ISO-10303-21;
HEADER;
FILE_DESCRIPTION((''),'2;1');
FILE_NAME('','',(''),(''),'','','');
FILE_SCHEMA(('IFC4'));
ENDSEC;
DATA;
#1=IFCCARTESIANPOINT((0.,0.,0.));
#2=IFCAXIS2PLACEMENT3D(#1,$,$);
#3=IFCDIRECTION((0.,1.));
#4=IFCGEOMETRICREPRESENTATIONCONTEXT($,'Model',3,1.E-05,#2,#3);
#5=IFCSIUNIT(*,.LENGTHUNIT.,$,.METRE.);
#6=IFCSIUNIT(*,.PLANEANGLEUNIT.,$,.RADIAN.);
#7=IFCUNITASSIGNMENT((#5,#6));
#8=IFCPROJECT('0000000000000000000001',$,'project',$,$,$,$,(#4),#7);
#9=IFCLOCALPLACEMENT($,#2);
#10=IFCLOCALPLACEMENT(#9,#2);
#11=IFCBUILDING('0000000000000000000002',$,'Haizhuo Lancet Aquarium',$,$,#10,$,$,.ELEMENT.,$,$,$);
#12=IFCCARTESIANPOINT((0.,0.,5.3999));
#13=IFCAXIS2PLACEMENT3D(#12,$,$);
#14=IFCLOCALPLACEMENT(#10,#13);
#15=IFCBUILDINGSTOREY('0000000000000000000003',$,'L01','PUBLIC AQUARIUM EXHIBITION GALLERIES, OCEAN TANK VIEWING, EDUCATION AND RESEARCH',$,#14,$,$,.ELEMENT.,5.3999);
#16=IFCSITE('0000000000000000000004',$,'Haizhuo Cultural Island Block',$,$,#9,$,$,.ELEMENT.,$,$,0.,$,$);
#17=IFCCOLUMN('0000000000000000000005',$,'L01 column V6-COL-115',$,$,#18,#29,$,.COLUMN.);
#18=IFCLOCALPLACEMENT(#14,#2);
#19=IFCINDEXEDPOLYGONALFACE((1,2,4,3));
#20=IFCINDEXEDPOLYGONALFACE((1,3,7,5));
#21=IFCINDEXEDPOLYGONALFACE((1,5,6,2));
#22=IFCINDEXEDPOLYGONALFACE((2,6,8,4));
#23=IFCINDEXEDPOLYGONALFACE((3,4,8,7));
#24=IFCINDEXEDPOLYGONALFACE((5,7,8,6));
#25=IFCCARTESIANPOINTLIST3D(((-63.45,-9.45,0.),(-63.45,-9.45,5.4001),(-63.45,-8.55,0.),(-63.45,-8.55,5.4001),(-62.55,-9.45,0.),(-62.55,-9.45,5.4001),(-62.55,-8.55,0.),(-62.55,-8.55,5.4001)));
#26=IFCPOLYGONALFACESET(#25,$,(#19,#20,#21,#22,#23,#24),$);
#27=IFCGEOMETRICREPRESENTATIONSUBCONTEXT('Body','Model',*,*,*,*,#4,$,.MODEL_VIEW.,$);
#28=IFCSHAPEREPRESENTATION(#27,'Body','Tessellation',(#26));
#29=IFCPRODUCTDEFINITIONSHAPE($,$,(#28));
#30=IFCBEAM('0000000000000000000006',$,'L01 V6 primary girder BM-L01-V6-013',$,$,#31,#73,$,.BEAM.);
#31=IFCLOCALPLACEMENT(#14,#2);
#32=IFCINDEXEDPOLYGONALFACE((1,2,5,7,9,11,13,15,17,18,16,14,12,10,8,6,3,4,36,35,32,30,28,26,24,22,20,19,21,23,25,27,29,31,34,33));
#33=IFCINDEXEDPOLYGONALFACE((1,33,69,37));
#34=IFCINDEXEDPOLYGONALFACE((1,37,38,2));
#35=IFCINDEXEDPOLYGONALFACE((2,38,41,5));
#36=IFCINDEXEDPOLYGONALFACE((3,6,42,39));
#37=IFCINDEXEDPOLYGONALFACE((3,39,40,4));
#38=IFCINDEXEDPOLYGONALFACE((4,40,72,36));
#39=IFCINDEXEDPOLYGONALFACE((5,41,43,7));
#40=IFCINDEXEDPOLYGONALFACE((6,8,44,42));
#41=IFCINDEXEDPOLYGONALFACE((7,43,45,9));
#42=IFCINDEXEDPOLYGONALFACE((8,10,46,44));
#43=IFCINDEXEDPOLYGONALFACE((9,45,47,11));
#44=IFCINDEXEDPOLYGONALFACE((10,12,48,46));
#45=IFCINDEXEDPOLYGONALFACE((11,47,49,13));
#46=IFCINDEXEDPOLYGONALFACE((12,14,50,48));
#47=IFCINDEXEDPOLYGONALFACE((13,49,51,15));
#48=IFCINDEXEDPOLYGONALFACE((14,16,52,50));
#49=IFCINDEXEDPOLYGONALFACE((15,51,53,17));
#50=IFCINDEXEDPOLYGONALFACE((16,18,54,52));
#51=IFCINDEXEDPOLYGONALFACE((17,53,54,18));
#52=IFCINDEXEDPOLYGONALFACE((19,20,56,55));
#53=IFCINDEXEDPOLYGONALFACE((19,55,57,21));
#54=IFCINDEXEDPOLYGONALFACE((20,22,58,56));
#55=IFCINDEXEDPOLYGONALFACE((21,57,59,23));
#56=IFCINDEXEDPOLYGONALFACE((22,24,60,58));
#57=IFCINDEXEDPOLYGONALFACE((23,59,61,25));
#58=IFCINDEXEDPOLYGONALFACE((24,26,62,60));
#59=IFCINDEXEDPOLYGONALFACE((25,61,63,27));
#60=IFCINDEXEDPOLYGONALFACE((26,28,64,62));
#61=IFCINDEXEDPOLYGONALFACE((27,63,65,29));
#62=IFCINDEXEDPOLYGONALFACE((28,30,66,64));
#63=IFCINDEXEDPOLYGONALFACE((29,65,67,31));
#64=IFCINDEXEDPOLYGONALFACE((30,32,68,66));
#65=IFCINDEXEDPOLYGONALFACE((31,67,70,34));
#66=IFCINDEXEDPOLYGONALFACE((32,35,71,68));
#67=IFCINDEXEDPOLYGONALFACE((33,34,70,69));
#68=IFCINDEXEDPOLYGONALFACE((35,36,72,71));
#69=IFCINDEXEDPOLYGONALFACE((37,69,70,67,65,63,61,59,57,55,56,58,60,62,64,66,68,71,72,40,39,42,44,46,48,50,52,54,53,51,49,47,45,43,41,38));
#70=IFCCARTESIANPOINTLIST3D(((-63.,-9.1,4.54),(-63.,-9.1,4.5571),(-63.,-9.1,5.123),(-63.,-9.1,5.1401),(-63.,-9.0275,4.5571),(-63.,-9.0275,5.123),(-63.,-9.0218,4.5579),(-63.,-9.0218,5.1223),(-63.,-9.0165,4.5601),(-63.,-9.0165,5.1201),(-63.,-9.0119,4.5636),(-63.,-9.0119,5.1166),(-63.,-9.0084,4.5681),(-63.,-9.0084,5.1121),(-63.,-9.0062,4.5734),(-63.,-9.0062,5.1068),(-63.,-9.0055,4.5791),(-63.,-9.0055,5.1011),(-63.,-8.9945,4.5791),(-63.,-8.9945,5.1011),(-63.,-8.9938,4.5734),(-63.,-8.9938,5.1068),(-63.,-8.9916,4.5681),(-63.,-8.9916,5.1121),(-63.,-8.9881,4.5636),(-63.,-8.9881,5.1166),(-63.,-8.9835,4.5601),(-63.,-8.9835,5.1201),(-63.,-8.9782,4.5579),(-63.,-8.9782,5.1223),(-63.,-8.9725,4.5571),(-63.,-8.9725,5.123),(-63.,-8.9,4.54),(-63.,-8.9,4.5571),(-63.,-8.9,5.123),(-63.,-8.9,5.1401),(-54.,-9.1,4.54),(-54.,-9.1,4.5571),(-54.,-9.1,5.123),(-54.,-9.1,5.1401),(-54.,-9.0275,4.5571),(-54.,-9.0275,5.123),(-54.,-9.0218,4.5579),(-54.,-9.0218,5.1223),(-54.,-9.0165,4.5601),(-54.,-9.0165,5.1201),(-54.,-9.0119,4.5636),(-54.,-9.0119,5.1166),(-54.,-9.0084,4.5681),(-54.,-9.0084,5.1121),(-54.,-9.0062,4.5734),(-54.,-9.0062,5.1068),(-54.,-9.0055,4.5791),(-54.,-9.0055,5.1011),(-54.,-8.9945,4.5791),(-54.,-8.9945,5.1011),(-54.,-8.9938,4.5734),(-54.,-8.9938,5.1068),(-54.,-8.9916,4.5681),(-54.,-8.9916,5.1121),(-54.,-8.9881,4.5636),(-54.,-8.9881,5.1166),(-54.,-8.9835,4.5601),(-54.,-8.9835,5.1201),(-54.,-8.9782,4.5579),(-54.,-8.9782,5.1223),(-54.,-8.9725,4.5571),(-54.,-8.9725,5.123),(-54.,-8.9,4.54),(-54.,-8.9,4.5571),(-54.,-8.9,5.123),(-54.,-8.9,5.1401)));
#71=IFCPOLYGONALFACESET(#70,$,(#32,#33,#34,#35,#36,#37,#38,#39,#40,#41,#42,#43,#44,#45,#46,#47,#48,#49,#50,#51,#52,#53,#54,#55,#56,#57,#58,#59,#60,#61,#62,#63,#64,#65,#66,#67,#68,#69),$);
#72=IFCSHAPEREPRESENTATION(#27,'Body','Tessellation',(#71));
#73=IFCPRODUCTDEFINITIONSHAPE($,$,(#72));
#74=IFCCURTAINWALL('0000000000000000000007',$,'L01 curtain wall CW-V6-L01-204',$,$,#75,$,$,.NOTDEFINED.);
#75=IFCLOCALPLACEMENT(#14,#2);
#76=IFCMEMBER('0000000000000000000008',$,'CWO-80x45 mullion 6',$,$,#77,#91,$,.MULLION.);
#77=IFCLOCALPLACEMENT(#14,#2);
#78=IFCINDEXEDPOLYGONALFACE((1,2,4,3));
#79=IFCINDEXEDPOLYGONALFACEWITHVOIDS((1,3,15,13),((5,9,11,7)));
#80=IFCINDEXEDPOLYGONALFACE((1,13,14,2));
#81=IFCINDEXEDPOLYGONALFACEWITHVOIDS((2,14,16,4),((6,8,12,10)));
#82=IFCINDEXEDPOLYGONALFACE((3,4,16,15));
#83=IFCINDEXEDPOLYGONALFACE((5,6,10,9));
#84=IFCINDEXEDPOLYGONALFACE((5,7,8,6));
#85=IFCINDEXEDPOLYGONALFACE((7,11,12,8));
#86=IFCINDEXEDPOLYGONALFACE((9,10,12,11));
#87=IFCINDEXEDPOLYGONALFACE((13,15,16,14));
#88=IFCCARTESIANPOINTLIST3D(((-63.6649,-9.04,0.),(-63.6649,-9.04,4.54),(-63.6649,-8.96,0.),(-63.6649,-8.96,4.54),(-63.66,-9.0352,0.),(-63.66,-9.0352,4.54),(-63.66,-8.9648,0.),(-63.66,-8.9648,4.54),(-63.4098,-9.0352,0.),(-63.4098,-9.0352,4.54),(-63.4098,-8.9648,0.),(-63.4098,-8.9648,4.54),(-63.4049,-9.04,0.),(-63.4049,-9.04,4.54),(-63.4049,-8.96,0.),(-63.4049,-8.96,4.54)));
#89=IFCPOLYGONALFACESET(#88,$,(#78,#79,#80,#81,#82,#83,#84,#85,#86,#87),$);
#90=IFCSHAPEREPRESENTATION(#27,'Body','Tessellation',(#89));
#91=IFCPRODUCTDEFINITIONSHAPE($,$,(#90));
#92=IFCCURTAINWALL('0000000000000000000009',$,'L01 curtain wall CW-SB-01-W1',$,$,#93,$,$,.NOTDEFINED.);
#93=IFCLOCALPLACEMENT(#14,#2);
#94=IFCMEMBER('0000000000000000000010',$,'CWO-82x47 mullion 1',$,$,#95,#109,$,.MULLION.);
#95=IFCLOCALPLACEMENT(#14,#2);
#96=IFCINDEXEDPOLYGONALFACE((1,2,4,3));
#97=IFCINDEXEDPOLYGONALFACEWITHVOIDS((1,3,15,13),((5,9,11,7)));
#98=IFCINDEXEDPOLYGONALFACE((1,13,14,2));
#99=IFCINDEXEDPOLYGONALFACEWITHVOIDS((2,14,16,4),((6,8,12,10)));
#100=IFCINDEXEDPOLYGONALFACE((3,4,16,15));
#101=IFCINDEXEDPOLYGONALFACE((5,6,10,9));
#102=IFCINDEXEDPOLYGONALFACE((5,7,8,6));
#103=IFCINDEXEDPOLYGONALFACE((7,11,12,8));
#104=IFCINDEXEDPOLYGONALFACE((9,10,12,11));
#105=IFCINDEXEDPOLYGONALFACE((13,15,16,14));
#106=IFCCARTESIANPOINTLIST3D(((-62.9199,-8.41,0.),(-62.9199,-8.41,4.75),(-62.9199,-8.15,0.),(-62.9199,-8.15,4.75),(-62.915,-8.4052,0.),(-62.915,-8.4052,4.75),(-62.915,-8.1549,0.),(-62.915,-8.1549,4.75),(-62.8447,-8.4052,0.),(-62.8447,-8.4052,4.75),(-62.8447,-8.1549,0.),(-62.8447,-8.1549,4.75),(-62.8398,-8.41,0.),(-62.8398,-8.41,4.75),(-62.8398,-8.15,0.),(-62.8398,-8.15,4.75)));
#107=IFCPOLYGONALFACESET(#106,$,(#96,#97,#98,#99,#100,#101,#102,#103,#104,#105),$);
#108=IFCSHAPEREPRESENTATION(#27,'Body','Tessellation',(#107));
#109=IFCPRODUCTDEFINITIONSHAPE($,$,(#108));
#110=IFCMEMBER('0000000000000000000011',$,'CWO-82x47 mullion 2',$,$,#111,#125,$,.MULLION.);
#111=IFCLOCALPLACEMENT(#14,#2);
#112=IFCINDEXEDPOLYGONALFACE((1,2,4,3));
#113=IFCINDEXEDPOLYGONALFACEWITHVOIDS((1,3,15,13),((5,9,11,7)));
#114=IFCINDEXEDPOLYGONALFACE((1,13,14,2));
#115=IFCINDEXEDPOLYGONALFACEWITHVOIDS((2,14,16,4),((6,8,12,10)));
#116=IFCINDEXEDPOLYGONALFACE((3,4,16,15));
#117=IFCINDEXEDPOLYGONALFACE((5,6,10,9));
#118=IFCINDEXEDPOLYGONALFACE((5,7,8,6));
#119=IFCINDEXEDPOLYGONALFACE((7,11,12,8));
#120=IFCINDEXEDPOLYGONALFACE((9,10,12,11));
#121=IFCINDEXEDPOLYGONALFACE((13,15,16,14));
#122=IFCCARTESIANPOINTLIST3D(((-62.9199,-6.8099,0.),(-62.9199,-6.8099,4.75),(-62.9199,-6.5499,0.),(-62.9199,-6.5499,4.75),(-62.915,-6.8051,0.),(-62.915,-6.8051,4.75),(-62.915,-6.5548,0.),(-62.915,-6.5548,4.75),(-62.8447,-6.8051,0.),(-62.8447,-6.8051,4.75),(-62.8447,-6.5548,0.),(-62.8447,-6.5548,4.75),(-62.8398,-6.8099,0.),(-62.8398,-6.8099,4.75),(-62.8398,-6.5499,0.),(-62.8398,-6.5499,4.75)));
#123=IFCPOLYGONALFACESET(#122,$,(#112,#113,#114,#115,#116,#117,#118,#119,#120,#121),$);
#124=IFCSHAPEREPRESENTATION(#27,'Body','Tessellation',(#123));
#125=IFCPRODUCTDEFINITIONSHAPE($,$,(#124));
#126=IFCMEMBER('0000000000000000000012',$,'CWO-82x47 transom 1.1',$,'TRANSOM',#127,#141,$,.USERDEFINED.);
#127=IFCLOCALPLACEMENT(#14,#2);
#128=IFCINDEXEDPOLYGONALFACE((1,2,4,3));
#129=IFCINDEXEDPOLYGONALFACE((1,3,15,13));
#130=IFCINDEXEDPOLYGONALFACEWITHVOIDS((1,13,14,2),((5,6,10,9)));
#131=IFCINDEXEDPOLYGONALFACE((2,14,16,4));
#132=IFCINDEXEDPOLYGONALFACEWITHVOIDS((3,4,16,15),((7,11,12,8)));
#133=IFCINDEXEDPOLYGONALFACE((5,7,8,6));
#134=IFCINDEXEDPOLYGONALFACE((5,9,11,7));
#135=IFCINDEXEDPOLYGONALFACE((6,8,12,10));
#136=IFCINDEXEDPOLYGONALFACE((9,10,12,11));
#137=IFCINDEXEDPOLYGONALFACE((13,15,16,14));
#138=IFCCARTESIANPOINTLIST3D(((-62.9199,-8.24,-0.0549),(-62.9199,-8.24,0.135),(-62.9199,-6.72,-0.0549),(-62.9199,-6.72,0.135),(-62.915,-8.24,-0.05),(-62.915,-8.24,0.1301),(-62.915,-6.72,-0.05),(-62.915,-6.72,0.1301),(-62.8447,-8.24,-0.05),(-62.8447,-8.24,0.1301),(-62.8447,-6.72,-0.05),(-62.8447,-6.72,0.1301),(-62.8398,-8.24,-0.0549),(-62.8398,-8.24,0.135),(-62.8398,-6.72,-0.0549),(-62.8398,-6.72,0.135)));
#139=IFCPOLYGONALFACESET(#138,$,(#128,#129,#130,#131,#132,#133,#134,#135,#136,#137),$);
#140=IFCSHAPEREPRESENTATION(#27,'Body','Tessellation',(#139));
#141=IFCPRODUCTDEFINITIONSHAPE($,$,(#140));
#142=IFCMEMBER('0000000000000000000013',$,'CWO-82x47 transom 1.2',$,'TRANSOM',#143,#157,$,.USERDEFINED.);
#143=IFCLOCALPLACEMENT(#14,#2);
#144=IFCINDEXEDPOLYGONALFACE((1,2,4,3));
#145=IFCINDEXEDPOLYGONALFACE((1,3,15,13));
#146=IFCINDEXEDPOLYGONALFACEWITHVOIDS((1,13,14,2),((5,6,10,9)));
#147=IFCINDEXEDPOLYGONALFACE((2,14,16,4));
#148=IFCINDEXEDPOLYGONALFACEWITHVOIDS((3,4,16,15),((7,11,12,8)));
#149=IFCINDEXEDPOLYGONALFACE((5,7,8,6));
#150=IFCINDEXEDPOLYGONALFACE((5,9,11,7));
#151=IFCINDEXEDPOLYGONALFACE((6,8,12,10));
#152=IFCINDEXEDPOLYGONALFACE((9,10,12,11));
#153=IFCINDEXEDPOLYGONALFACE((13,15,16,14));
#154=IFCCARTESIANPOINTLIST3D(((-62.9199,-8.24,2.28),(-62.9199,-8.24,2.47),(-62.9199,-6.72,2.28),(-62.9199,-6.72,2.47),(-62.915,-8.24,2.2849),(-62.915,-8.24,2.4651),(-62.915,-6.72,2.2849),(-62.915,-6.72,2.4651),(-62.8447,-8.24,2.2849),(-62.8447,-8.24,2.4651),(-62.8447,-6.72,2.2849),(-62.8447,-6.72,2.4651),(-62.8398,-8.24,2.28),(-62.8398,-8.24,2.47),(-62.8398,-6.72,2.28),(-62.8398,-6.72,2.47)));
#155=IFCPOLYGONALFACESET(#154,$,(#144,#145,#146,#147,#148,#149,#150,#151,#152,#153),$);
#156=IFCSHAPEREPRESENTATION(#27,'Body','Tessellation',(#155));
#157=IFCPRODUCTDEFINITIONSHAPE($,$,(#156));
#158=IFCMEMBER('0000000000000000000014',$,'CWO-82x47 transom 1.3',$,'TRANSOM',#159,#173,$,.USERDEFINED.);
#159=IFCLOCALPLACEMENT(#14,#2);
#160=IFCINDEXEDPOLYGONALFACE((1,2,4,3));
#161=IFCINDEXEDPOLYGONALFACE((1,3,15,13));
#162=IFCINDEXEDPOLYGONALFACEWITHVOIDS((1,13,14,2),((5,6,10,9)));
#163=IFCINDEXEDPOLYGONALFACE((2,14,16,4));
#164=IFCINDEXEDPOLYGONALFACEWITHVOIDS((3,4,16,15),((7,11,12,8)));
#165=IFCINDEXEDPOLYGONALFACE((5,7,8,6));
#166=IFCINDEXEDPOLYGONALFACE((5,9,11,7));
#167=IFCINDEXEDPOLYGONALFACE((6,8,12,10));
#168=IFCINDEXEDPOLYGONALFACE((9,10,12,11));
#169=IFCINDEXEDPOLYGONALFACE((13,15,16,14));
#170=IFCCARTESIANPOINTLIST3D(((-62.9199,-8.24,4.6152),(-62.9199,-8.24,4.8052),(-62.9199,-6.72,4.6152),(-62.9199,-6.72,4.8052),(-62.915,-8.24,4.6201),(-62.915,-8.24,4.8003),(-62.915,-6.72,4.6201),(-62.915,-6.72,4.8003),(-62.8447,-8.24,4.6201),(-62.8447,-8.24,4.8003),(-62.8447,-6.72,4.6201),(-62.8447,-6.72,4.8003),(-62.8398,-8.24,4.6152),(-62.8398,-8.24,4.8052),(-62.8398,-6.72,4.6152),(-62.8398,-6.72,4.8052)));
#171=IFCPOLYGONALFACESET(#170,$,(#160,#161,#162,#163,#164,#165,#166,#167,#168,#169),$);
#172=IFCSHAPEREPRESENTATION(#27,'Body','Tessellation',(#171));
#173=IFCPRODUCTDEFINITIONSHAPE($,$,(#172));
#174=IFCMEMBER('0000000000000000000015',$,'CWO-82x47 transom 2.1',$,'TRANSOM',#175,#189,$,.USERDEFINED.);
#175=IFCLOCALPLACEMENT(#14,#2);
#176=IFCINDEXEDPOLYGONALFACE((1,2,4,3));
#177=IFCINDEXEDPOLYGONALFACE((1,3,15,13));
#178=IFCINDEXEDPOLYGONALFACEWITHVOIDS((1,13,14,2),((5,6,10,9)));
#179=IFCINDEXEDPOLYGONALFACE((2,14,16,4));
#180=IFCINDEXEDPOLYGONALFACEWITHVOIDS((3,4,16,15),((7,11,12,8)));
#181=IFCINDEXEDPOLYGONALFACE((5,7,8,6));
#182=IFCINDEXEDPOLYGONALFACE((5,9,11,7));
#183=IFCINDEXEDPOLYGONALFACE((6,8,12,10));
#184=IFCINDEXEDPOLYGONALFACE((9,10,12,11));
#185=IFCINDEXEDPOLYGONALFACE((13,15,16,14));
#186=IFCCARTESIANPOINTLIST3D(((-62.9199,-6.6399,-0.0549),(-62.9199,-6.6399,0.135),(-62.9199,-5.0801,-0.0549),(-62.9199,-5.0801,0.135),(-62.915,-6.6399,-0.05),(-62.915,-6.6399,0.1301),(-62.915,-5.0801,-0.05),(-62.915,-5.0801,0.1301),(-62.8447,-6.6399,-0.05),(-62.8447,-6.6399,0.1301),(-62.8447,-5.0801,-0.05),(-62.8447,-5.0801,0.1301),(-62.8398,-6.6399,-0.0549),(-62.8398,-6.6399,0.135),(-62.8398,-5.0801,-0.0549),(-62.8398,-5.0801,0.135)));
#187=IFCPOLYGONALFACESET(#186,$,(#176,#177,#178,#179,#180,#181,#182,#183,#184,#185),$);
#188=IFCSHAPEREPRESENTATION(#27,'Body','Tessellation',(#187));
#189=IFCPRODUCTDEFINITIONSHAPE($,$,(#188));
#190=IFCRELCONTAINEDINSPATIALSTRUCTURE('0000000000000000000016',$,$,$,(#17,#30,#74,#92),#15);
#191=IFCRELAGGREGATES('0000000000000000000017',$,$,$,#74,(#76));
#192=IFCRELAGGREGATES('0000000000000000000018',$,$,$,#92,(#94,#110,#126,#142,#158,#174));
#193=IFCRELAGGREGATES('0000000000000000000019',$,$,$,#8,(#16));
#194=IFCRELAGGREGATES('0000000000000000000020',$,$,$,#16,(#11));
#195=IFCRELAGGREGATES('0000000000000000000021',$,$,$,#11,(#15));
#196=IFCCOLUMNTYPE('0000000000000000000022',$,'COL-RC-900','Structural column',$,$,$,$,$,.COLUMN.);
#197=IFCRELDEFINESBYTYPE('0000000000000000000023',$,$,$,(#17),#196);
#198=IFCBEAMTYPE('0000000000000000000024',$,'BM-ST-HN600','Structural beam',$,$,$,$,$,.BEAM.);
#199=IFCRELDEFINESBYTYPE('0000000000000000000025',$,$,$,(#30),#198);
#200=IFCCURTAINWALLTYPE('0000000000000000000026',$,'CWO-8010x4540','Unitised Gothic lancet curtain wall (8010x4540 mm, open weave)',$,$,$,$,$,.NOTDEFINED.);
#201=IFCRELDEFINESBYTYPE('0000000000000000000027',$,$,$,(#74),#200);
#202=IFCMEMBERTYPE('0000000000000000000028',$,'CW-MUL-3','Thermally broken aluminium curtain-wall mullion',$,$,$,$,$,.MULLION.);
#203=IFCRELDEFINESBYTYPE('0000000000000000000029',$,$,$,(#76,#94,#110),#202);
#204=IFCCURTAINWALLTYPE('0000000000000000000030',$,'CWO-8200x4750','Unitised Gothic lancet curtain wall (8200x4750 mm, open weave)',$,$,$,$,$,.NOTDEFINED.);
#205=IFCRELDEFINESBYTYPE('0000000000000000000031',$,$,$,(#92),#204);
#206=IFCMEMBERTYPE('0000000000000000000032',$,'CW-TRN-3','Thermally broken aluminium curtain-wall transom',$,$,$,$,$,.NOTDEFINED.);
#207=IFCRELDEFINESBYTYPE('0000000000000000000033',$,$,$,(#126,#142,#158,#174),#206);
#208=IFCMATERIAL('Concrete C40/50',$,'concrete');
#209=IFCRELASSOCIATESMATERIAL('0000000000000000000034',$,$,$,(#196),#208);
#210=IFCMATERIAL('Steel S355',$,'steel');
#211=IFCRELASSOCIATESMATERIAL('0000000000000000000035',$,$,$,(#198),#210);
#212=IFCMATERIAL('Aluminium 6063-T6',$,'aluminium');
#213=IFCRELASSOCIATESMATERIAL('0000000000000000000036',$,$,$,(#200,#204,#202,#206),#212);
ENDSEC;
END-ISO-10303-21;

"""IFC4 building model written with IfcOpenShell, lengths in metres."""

from ifc_helpers import new_model, si_unit, direction, frame, origin, origin_2d, place, context, subcontext, project, spatial, rectangle, hollow_rectangle, i_section, extrude, material, material_profile, profile_set, type_object, element, aggregate, save


model = new_model("IFC4")

# Units and contexts
model_context = context("Model", 3, precision=1e-05, world=origin(), true_north=direction((0.0, 1.0)))
body_context = subcontext(model_context, "Body", "Model", "MODEL_VIEW")
ifc_project = project(units=[si_unit("LENGTHUNIT", "METRE"), si_unit("PLANEANGLEUNIT", "RADIAN")], contexts=[model_context])

# Site, building, storey
site_placement = place(None, origin())
site = spatial("IfcSite", under=ifc_project, at=site_placement, Name="Haizhuo Cultural Island Block", CompositionType="ELEMENT", RefElevation=0.0)
building_placement = place(site_placement, origin())
building = spatial("IfcBuilding", under=site, at=building_placement, Name="Haizhuo Lancet Aquarium", CompositionType="ELEMENT")
storey_placement = place(building_placement, frame((0.0, 0.0, 5.3999)))
storey = spatial("IfcBuildingStorey", under=building, at=storey_placement, Name="L01", Description="PUBLIC AQUARIUM EXHIBITION GALLERIES, OCEAN TANK VIEWING, EDUCATION AND RESEARCH", CompositionType="ELEMENT", Elevation=5.3999)

# Column
ifc_material_1 = material(Name="Concrete C40/50", Category="concrete")
ifc_material_profile_1 = material_profile(ifc_material_1, rectangle(XDim=0.8999, YDim=0.8999, at=origin_2d()), Name="RC-COL 900x900")
ifc_profile_set_1 = profile_set([ifc_material_profile_1], Name="Concrete C40/50")
column_type = type_object("IfcColumnType", Name="COL-RC-900", Description="Structural column", PredefinedType="COLUMN", material=ifc_profile_set_1)
column_placement = place(storey_placement, frame((-63.0, -9.0, 0.0), z_axis=(0.0, 0.0, 1.0), x_axis=(1.0, 0.0, 0.0)))
element("IfcColumn", 1, at=column_placement, inside=storey, type_object=column_type, Name="L01 column V6-COL-115", PredefinedType="COLUMN", context=body_context, shape_type="SweptSolid", body=[
    extrude(rectangle(XDim=0.8999, YDim=0.8999, at=origin_2d()), origin(), (0.0, 0.0, 1.0), 5.4001),
])

# Beam
ifc_material_2 = material(Name="Steel S355", Category="steel")
ifc_material_profile_2 = material_profile(ifc_material_2, i_section(OverallWidth=0.2, OverallDepth=0.6001, WebThickness=0.011, FlangeThickness=0.0171, FilletRadius=0.022, at=origin_2d()), Name="HN 600x200x11x17")
ifc_profile_set_2 = profile_set([ifc_material_profile_2], Name="Steel S355")
beam_type_1 = type_object("IfcBeamType", Name="BM-ST-HN600", Description="Structural beam", PredefinedType="BEAM", material=ifc_profile_set_2)
beam_1_placement = place(storey_placement, frame((-63.0, -9.0, 4.8401), z_axis=(1.0, 0.0, 0.0), x_axis=(0.0, 1.0, 0.0)))
element("IfcBeam", 2, at=beam_1_placement, inside=storey, type_object=beam_type_1, Name="L01 V6 primary girder BM-L01-V6-013", PredefinedType="BEAM", context=body_context, shape_type="SweptSolid", body=[
    extrude(i_section(OverallWidth=0.2, OverallDepth=0.6001, WebThickness=0.011, FlangeThickness=0.0171, FilletRadius=0.022, at=origin_2d()), origin(), (0.0, 0.0, 1.0), 9.0),
])

# Curtain wall, member
ifc_material_3 = material(Name="Aluminium 6063-T6", Category="aluminium")
curtain_wall_type_1 = type_object("IfcCurtainWallType", Name="CWO-8010x4540", Description="Unitised Gothic lancet curtain wall (8010x4540 mm, open weave)", PredefinedType="NOTDEFINED", material=ifc_material_3)
curtain_wall_1_placement = place(storey_placement, origin())
curtain_wall_1 = element("IfcCurtainWall", 3, at=curtain_wall_1_placement, inside=storey, type_object=curtain_wall_type_1, Name="L01 curtain wall CW-V6-L01-204", PredefinedType="NOTDEFINED")
ifc_material_profile_3 = material_profile(ifc_material_3, hollow_rectangle(XDim=0.0801, YDim=0.26, WallThickness=0.0049, at=origin_2d()), Name="ALU-M 80x260x5")
ifc_profile_set_3 = profile_set([ifc_material_profile_3], Name="Aluminium 6063-T6")
member_type_1 = type_object("IfcMemberType", Name="CW-MUL-3", Description="Thermally broken aluminium curtain-wall mullion", PredefinedType="MULLION", material=ifc_profile_set_3)
member_1_placement = place(storey_placement, frame((-63.5349, -9.0, 0.0), z_axis=(0.0, 0.0, 1.0), x_axis=(0.0, 1.0, 0.0)))
member_1 = element("IfcMember", 4, at=member_1_placement, type_object=member_type_1, Name="CWO-80x45 mullion 6", PredefinedType="MULLION", context=body_context, shape_type="SweptSolid", body=[
    extrude(hollow_rectangle(XDim=0.0801, YDim=0.26, WallThickness=0.0049, at=origin_2d()), origin(), (0.0, 0.0, 1.0), 4.54),
])

# Curtain wall, members
curtain_wall_type_2 = type_object("IfcCurtainWallType", Name="CWO-8200x4750", Description="Unitised Gothic lancet curtain wall (8200x4750 mm, open weave)", PredefinedType="NOTDEFINED", material=ifc_material_3)
curtain_wall_2_placement = place(storey_placement, origin())
curtain_wall_2 = element("IfcCurtainWall", 5, at=curtain_wall_2_placement, inside=storey, type_object=curtain_wall_type_2, Name="L01 curtain wall CW-SB-01-W1", PredefinedType="NOTDEFINED")
member_2_placement = place(storey_placement, frame((-62.8799, -8.28, 0.0), z_axis=(0.0, 0.0, 1.0), x_axis=(-1.0, 0.0, 0.0)))
member_2 = element("IfcMember", 6, at=member_2_placement, type_object=member_type_1, Name="CWO-82x47 mullion 1", PredefinedType="MULLION", context=body_context, shape_type="SweptSolid", body=[
    extrude(hollow_rectangle(XDim=0.0801, YDim=0.26, WallThickness=0.0049, at=origin_2d()), origin(), (0.0, 0.0, 1.0), 4.75),
])
member_3_placement = place(storey_placement, frame((-62.8799, -6.6799, 0.0), z_axis=(0.0, 0.0, 1.0), x_axis=(-1.0, 0.0, 0.0)))
member_3 = element("IfcMember", 7, at=member_3_placement, type_object=member_type_1, Name="CWO-82x47 mullion 2", PredefinedType="MULLION", context=body_context, shape_type="SweptSolid", body=[
    extrude(hollow_rectangle(XDim=0.0801, YDim=0.26, WallThickness=0.0049, at=origin_2d()), origin(), (0.0, 0.0, 1.0), 4.75),
])
ifc_material_profile_4 = material_profile(ifc_material_3, hollow_rectangle(XDim=0.0801, YDim=0.1899, WallThickness=0.0049, at=origin_2d()), Name="ALU-T 80x190x5")
ifc_profile_set_4 = profile_set([ifc_material_profile_4], Name="Aluminium 6063-T6")
member_type_2 = type_object("IfcMemberType", Name="CW-TRN-3", Description="Thermally broken aluminium curtain-wall transom", PredefinedType="NOTDEFINED", material=ifc_profile_set_4)
member_4_placement = place(storey_placement, frame((-62.8799, -8.24, 0.04), z_axis=(0.0, 1.0, 0.0), x_axis=(-1.0, 0.0, 0.0)))
member_4 = element("IfcMember", 8, at=member_4_placement, type_object=member_type_2, Name="CWO-82x47 transom 1.1", ObjectType="TRANSOM", PredefinedType="USERDEFINED", context=body_context, shape_type="SweptSolid", body=[
    extrude(hollow_rectangle(XDim=0.0801, YDim=0.1899, WallThickness=0.0049, at=origin_2d()), origin(), (0.0, 0.0, 1.0), 1.52),
])
member_5_placement = place(storey_placement, frame((-62.8799, -8.24, 2.375), z_axis=(0.0, 1.0, 0.0), x_axis=(-1.0, 0.0, 0.0)))
member_5 = element("IfcMember", 9, at=member_5_placement, type_object=member_type_2, Name="CWO-82x47 transom 1.2", ObjectType="TRANSOM", PredefinedType="USERDEFINED", context=body_context, shape_type="SweptSolid", body=[
    extrude(hollow_rectangle(XDim=0.0801, YDim=0.1899, WallThickness=0.0049, at=origin_2d()), origin(), (0.0, 0.0, 1.0), 1.52),
])
member_6_placement = place(storey_placement, frame((-62.8799, -8.24, 4.7102), z_axis=(0.0, 1.0, 0.0), x_axis=(-1.0, 0.0, 0.0)))
member_6 = element("IfcMember", 10, at=member_6_placement, type_object=member_type_2, Name="CWO-82x47 transom 1.3", ObjectType="TRANSOM", PredefinedType="USERDEFINED", context=body_context, shape_type="SweptSolid", body=[
    extrude(hollow_rectangle(XDim=0.0801, YDim=0.1899, WallThickness=0.0049, at=origin_2d()), origin(), (0.0, 0.0, 1.0), 1.52),
])
member_7_placement = place(storey_placement, frame((-62.8799, -6.6399, 0.04), z_axis=(0.0, 1.0, 0.0), x_axis=(-1.0, 0.0, 0.0)))
member_7 = element("IfcMember", 11, at=member_7_placement, type_object=member_type_2, Name="CWO-82x47 transom 2.1", ObjectType="TRANSOM", PredefinedType="USERDEFINED", context=body_context, shape_type="SweptSolid", body=[
    extrude(hollow_rectangle(XDim=0.0801, YDim=0.1899, WallThickness=0.0049, at=origin_2d()), origin(), (0.0, 0.0, 1.0), 1.5598),
])

aggregate(curtain_wall_1, [member_1])
aggregate(curtain_wall_2, [member_2, member_3, member_4, member_5, member_6, member_7])

save(model, "model.ifc")
